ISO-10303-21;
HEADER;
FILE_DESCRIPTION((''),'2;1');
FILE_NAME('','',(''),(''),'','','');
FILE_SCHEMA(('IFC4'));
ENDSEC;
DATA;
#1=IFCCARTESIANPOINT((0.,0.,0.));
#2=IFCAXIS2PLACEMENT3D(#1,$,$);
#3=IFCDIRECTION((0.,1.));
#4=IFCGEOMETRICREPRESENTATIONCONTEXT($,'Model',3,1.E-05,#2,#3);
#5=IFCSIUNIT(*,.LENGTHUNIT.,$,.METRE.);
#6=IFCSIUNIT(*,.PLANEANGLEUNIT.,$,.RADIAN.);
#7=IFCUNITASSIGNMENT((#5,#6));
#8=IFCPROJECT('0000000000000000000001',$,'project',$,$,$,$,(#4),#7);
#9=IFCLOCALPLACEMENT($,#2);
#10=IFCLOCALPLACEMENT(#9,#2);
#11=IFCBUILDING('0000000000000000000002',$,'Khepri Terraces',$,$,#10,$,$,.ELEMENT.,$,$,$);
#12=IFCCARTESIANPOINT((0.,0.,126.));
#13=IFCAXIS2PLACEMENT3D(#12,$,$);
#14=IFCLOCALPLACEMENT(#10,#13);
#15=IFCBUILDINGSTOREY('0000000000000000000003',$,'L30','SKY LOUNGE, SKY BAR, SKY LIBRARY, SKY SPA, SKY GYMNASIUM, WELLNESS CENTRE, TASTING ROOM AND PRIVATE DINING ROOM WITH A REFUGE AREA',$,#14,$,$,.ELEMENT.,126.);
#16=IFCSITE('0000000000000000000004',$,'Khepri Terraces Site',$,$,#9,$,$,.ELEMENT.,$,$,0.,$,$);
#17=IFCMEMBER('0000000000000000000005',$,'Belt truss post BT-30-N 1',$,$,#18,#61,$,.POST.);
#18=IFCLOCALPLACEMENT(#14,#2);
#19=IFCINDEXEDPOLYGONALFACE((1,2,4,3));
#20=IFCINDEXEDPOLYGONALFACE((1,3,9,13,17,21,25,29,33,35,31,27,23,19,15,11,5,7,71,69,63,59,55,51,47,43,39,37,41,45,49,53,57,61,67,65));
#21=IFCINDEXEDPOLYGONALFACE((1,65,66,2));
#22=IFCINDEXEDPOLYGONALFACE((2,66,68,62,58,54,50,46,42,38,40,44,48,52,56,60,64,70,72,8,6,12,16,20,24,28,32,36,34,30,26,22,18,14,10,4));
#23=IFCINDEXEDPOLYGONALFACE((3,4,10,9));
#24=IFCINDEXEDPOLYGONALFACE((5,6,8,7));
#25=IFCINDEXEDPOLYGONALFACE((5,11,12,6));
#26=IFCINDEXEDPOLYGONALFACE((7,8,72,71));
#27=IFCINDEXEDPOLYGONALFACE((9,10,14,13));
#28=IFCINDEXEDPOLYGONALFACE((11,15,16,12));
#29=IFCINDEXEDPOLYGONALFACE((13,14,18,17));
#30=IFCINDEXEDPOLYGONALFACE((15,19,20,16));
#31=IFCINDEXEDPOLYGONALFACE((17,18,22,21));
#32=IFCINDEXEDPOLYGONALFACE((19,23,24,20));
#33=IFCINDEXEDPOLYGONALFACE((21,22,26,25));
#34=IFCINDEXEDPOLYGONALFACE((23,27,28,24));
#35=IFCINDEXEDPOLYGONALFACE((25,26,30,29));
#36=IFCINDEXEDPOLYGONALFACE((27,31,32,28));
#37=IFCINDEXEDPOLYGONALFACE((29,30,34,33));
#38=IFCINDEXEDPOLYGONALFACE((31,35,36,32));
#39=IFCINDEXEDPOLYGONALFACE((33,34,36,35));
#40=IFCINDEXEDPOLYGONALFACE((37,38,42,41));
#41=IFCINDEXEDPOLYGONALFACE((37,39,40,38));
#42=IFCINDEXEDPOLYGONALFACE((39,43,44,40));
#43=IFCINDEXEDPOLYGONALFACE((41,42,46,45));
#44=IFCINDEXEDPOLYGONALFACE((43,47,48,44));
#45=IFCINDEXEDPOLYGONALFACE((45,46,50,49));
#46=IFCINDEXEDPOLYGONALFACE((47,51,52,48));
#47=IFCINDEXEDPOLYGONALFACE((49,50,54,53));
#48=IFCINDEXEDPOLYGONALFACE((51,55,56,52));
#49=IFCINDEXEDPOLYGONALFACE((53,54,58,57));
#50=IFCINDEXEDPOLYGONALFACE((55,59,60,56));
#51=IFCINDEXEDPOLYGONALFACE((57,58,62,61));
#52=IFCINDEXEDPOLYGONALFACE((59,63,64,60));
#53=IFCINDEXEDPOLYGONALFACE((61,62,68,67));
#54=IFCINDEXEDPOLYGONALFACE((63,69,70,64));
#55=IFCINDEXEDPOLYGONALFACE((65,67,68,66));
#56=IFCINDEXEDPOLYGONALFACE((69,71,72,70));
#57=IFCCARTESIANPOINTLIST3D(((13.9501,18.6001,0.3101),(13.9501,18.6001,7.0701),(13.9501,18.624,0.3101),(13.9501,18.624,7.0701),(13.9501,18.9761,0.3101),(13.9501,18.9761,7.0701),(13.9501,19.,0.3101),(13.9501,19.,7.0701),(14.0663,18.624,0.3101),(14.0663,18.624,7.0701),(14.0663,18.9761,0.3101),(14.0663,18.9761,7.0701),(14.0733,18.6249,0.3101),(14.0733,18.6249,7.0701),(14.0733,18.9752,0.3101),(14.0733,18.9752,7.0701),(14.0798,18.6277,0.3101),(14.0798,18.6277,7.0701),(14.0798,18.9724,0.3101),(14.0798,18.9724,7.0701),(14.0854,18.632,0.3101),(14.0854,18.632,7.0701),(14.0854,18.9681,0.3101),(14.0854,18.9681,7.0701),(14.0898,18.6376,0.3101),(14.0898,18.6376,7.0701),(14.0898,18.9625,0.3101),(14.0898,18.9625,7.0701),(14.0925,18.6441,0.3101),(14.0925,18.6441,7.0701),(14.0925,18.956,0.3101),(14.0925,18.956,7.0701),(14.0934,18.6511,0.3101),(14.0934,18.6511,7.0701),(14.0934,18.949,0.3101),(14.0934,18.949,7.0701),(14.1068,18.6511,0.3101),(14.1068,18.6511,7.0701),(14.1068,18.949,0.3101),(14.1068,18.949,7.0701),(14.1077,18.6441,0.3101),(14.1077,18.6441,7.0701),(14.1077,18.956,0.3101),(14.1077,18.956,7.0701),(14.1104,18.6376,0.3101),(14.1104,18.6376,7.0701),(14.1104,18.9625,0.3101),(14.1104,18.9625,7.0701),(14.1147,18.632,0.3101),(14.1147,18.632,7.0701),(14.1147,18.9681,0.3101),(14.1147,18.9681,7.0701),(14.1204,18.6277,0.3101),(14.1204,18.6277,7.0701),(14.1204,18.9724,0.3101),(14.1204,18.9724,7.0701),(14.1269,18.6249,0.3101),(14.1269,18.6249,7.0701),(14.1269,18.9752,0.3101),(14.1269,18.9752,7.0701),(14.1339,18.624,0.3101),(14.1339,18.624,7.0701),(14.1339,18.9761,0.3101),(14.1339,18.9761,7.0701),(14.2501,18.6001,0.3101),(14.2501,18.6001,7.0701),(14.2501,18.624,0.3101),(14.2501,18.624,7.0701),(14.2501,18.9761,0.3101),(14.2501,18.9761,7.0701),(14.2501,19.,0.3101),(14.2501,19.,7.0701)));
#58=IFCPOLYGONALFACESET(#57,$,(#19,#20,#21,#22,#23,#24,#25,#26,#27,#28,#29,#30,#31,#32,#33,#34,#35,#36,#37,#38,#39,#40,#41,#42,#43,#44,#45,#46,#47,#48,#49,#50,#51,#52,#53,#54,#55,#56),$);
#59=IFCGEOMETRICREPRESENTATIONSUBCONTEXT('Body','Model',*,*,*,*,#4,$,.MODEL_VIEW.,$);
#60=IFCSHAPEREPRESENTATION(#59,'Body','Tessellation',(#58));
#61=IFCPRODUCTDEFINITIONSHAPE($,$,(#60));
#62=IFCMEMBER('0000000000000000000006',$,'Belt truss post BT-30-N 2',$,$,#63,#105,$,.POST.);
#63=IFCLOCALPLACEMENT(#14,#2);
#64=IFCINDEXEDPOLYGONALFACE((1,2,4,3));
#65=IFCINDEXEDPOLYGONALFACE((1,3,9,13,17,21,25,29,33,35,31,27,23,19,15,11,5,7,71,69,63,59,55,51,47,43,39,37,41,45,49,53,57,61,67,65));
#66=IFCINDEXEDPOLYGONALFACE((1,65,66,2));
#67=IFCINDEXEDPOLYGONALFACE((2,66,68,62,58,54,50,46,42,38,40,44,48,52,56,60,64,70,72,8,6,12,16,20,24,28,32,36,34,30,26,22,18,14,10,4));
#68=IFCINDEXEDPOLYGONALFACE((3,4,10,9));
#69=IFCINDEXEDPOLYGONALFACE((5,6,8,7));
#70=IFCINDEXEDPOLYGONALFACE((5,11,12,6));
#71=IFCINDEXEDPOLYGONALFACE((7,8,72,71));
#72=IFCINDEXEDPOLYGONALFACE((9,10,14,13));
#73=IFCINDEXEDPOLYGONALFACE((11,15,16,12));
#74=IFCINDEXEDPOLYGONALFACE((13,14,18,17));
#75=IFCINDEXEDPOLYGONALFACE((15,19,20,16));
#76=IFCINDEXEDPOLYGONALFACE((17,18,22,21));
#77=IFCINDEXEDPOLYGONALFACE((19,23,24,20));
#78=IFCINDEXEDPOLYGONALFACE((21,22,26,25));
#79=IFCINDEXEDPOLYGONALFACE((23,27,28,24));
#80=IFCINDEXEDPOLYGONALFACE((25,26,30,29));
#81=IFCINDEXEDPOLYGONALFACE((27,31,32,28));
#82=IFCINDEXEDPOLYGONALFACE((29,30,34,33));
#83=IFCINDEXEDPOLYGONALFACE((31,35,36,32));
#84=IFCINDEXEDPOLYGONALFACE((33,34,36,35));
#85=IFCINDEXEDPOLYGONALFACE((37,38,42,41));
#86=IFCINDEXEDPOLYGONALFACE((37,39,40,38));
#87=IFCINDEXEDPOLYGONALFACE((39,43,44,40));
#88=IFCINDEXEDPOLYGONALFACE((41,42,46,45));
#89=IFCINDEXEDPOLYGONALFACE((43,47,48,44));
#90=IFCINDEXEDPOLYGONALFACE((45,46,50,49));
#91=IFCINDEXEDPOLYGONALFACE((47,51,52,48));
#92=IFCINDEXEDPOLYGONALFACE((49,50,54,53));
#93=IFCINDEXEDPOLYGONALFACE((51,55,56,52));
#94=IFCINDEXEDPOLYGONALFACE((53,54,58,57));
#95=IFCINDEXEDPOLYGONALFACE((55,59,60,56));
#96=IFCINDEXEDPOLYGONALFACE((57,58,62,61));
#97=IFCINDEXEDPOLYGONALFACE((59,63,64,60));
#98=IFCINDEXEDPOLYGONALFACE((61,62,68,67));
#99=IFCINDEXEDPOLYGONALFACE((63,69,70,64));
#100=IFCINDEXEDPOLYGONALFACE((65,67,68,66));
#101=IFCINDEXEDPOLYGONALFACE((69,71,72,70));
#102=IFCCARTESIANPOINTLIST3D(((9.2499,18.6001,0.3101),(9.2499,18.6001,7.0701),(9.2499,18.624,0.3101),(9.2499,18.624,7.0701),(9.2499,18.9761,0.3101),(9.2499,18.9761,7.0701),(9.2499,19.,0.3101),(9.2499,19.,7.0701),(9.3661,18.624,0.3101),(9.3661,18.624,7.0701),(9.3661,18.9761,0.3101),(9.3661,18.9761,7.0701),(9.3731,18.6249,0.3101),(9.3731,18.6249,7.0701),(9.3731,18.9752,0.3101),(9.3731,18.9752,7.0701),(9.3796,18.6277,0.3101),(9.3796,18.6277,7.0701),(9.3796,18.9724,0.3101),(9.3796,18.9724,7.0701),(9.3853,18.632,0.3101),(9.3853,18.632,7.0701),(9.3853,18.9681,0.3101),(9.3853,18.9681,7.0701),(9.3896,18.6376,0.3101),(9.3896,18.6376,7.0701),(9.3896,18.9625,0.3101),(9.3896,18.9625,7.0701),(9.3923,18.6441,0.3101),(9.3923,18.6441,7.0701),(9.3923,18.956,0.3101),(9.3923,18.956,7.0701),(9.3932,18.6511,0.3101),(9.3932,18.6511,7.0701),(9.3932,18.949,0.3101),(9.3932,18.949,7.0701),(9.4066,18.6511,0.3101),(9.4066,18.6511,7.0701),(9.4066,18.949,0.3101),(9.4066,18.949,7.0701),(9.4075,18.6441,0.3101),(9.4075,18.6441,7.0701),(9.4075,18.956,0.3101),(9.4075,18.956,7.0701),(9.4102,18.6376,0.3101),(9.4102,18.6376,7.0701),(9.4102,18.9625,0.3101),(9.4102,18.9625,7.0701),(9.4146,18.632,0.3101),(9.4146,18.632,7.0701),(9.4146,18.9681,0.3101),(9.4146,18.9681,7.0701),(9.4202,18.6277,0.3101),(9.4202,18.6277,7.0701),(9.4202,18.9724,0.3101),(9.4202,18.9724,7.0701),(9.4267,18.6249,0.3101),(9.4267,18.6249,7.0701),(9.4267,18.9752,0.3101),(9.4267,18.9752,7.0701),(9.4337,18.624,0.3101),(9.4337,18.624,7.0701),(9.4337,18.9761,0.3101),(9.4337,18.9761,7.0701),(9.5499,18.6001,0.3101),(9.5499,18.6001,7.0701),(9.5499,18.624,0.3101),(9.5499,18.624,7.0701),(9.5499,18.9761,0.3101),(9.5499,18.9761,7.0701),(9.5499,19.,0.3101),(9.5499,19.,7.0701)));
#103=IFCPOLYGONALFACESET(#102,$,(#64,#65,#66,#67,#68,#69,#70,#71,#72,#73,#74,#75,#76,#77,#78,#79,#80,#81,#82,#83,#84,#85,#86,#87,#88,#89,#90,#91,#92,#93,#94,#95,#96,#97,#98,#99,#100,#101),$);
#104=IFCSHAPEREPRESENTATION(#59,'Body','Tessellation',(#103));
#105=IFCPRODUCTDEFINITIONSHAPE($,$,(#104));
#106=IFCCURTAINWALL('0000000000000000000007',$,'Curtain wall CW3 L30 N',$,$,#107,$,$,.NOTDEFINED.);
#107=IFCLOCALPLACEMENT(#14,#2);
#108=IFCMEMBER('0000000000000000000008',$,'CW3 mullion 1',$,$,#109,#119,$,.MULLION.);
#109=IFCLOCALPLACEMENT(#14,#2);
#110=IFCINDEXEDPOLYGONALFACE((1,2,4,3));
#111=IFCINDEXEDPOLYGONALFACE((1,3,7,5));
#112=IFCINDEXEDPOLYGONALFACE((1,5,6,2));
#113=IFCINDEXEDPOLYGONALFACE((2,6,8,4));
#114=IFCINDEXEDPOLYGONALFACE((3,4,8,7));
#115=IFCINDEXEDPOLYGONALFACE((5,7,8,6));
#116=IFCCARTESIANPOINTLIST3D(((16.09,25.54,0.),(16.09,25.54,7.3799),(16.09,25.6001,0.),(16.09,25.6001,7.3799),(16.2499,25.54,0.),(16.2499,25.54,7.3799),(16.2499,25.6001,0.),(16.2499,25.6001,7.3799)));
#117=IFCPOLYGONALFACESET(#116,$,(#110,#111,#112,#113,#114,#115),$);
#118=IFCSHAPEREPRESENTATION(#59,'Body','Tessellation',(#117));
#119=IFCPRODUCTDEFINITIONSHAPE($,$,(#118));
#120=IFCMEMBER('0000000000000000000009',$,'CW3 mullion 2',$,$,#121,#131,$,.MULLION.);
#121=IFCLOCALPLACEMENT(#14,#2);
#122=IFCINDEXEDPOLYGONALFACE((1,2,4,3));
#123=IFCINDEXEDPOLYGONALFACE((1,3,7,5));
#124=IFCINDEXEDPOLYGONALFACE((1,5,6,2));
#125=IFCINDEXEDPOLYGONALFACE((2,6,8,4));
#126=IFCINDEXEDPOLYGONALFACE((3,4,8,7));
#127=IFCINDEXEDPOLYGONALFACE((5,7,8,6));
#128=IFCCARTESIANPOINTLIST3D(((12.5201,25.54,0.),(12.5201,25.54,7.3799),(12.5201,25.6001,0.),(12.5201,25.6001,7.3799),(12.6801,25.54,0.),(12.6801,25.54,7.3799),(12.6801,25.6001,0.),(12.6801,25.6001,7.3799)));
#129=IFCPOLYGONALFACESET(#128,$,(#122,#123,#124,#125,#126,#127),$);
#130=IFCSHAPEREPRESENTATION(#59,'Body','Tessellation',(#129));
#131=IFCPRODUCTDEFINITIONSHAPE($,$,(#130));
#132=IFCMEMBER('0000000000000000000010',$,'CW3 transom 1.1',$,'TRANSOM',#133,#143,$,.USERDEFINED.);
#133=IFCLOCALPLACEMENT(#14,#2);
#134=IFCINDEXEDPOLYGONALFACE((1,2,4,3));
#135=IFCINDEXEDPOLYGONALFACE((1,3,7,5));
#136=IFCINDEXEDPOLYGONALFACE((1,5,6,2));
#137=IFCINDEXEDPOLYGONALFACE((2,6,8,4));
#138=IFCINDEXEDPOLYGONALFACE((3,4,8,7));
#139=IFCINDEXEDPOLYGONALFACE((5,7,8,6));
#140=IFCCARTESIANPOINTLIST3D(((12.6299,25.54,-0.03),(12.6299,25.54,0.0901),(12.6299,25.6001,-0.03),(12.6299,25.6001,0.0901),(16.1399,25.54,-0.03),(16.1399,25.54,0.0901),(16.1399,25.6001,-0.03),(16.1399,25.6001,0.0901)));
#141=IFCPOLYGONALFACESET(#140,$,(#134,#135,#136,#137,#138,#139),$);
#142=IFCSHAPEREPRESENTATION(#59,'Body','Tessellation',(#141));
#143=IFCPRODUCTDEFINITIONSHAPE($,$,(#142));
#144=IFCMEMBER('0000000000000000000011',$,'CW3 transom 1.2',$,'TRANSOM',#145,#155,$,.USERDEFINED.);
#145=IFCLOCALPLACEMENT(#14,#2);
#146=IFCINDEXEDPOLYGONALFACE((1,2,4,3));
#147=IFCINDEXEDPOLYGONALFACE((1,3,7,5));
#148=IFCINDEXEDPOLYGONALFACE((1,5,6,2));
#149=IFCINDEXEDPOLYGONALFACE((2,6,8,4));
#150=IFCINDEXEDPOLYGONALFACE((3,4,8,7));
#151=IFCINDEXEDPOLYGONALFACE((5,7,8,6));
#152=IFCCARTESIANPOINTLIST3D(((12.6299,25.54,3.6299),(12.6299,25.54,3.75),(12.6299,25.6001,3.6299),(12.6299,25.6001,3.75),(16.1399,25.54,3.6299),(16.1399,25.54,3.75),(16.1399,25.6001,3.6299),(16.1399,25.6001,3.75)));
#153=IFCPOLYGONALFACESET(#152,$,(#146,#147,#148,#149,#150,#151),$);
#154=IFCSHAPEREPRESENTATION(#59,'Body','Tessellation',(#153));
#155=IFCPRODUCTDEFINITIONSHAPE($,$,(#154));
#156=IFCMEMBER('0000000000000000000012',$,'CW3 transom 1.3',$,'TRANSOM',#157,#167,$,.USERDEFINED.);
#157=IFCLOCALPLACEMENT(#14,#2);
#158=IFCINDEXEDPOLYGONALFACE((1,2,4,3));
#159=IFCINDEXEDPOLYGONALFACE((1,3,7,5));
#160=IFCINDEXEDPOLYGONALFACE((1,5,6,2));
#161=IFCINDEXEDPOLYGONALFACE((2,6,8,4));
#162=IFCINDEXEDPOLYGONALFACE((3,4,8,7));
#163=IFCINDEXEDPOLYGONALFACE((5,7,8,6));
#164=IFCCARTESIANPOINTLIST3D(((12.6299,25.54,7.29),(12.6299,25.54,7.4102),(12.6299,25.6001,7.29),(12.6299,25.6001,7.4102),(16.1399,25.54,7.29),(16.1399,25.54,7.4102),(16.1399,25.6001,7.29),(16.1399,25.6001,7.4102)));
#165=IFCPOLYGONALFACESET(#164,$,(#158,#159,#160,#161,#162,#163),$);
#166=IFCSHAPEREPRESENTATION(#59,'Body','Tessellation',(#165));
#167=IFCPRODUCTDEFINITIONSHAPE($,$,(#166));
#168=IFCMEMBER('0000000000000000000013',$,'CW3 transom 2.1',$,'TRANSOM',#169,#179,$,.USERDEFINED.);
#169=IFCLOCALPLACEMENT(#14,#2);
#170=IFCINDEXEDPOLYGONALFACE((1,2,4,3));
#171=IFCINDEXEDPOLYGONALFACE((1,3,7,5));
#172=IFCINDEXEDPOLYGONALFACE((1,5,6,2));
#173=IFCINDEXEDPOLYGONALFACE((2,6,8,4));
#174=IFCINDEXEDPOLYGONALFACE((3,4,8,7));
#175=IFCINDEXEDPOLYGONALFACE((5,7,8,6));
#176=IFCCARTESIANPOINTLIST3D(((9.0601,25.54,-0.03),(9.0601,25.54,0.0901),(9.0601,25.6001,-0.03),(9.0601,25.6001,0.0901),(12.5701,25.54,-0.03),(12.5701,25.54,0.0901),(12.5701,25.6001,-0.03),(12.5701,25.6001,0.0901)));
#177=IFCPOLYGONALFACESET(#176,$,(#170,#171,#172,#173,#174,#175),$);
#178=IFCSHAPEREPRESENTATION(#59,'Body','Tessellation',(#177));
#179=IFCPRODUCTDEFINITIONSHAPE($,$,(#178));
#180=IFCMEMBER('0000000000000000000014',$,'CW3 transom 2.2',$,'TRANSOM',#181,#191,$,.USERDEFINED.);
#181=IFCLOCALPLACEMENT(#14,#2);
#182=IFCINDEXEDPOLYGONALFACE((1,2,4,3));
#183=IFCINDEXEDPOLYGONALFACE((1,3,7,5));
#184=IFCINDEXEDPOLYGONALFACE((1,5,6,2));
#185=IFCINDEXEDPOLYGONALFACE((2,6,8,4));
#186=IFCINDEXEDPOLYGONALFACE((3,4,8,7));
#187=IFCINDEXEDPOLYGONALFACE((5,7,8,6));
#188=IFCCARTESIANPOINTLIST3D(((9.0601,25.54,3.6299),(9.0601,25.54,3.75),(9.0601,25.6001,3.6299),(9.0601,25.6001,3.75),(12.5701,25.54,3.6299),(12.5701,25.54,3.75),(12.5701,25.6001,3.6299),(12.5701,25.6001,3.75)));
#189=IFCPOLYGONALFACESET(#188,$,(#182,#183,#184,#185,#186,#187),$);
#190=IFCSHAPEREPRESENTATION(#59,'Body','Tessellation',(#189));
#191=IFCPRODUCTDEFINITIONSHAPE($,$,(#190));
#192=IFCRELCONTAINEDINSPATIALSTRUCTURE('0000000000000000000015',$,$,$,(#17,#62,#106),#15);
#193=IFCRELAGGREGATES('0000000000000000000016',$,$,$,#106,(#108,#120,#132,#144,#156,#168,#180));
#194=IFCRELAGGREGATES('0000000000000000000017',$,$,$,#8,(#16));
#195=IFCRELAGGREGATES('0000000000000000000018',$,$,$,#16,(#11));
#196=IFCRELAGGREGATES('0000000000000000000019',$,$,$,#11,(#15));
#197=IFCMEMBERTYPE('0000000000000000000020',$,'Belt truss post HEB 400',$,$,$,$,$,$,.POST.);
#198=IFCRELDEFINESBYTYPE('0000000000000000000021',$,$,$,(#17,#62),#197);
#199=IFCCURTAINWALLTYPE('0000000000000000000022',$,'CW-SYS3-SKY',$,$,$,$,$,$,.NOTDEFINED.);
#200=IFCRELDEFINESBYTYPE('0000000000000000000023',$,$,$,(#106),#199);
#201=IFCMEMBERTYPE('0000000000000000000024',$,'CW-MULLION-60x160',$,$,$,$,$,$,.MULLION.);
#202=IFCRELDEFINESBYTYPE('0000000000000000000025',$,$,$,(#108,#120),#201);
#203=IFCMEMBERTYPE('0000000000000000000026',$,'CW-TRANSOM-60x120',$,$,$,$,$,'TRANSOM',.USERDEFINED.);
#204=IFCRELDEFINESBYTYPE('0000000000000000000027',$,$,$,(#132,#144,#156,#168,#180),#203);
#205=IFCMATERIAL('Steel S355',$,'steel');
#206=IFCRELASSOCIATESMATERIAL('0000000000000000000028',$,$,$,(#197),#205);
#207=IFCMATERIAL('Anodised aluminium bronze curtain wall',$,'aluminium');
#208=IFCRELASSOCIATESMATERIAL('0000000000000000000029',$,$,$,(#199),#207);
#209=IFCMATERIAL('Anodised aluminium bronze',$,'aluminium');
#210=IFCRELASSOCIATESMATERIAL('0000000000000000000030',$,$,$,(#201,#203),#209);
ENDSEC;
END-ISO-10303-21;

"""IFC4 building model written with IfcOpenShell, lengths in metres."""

from ifc_helpers import new_model, si_unit, direction, frame, origin, origin_2d, place, context, subcontext, project, spatial, rectangle, i_section, extrude, material, material_profile, profile_set, type_object, element, aggregate, save


model = new_model("IFC4")

# Units and contexts
model_context = context("Model", 3, precision=1e-05, world=origin(), true_north=direction((0.0, 1.0)))
body_context = subcontext(model_context, "Body", "Model", "MODEL_VIEW")
ifc_project = project(units=[si_unit("LENGTHUNIT", "METRE"), si_unit("PLANEANGLEUNIT", "RADIAN")], contexts=[model_context])

# Site, building, storey
site_placement = place(None, origin())
site = spatial("IfcSite", under=ifc_project, at=site_placement, Name="Khepri Terraces Site", CompositionType="ELEMENT", RefElevation=0.0)
building_placement = place(site_placement, origin())
building = spatial("IfcBuilding", under=site, at=building_placement, Name="Khepri Terraces", CompositionType="ELEMENT")
storey_placement = place(building_placement, frame((0.0, 0.0, 126.0)))
storey = spatial("IfcBuildingStorey", under=building, at=storey_placement, Name="L30", Description="SKY LOUNGE, SKY BAR, SKY LIBRARY, SKY SPA, SKY GYMNASIUM, WELLNESS CENTRE, TASTING ROOM AND PRIVATE DINING ROOM WITH A REFUGE AREA", CompositionType="ELEMENT", Elevation=126.0)

# Members
ifc_material_1 = material(Name="Steel S355", Category="steel")
ifc_material_profile_1 = material_profile(ifc_material_1, i_section(OverallWidth=0.3, OverallDepth=0.3999, WebThickness=0.0134, FlangeThickness=0.0239, FilletRadius=0.0271, at=origin_2d()), Name="Steel S355", Category="steel")
ifc_profile_set_1 = profile_set([ifc_material_profile_1], Name="Steel S355")
member_type_1 = type_object("IfcMemberType", Name="Belt truss post HEB 400", PredefinedType="POST", material=ifc_profile_set_1)
for number, where, z_axis, x_axis, name in (
    (1, (14.1001, 18.8, 0.3101), (0.0, 0.0, 1.0), (1.0, 0.0, 0.0), "Belt truss post BT-30-N 1"),
    (2, (9.3999, 18.8, 0.3101), (0.0, 0.0, 1.0), (1.0, 0.0, 0.0), "Belt truss post BT-30-N 2"),
):
    element("IfcMember", number, at=place(storey_placement, frame(where, z_axis=z_axis, x_axis=x_axis)), inside=storey, type_object=member_type_1, Name=name, PredefinedType="POST", context=body_context, shape_type="SweptSolid", body=[
        extrude(i_section(OverallWidth=0.3, OverallDepth=0.3999, WebThickness=0.0134, FlangeThickness=0.0239, FilletRadius=0.0271, at=origin_2d()), origin(), (0.0, 0.0, 1.0), 6.76),
    ])

# Curtain wall, members
ifc_material_2 = material(Name="Anodised aluminium bronze curtain wall", Category="aluminium")
curtain_wall_type = type_object("IfcCurtainWallType", Name="CW-SYS3-SKY", PredefinedType="NOTDEFINED", material=ifc_material_2)
curtain_wall_placement = place(storey_placement, origin())
curtain_wall = element("IfcCurtainWall", 3, at=curtain_wall_placement, inside=storey, type_object=curtain_wall_type, Name="Curtain wall CW3 L30 N", PredefinedType="NOTDEFINED")
ifc_material_3 = material(Name="Anodised aluminium bronze", Category="aluminium")
ifc_material_profile_2 = material_profile(ifc_material_3, rectangle(XDim=0.0601, YDim=0.1599, at=origin_2d()), Name="Anodised aluminium bronze", Category="aluminium")
ifc_profile_set_2 = profile_set([ifc_material_profile_2], Name="Anodised aluminium bronze")
member_type_2 = type_object("IfcMemberType", Name="CW-MULLION-60x160", PredefinedType="MULLION", material=ifc_profile_set_2)
member_1_placement = place(storey_placement, frame((16.1699, 25.5701, 0.0), z_axis=(0.0, 0.0, 1.0), x_axis=(0.0, -1.0, 0.0)))
member_1 = element("IfcMember", 4, at=member_1_placement, type_object=member_type_2, Name="CW3 mullion 1", PredefinedType="MULLION", context=body_context, shape_type="SweptSolid", body=[
    extrude(rectangle(XDim=0.0601, YDim=0.1599, at=origin_2d()), origin(), (0.0, 0.0, 1.0), 7.3799),
])
member_2_placement = place(storey_placement, frame((12.6001, 25.5701, 0.0), z_axis=(0.0, 0.0, 1.0), x_axis=(0.0, -1.0, 0.0)))
member_2 = element("IfcMember", 5, at=member_2_placement, type_object=member_type_2, Name="CW3 mullion 2", PredefinedType="MULLION", context=body_context, shape_type="SweptSolid", body=[
    extrude(rectangle(XDim=0.0601, YDim=0.1599, at=origin_2d()), origin(), (0.0, 0.0, 1.0), 7.3799),
])
ifc_material_profile_3 = material_profile(ifc_material_3, rectangle(XDim=0.0601, YDim=0.1201, at=origin_2d()), Name="Anodised aluminium bronze", Category="aluminium")
ifc_profile_set_3 = profile_set([ifc_material_profile_3], Name="Anodised aluminium bronze")
member_type_3 = type_object("IfcMemberType", Name="CW-TRANSOM-60x120", ElementType="TRANSOM", PredefinedType="USERDEFINED", material=ifc_profile_set_3)
member_3_placement = place(storey_placement, frame((16.1399, 25.5701, 0.03), z_axis=(-1.0, 0.0, 0.0), x_axis=(0.0, -1.0, 0.0)))
member_3 = element("IfcMember", 6, at=member_3_placement, type_object=member_type_3, Name="CW3 transom 1.1", ObjectType="TRANSOM", PredefinedType="USERDEFINED", context=body_context, shape_type="SweptSolid", body=[
    extrude(rectangle(XDim=0.0601, YDim=0.1201, at=origin_2d()), origin(), (0.0, 0.0, 1.0), 3.51),
])
member_4_placement = place(storey_placement, frame((16.1399, 25.5701, 3.6899), z_axis=(-1.0, 0.0, 0.0), x_axis=(0.0, -1.0, 0.0)))
member_4 = element("IfcMember", 7, at=member_4_placement, type_object=member_type_3, Name="CW3 transom 1.2", ObjectType="TRANSOM", PredefinedType="USERDEFINED", context=body_context, shape_type="SweptSolid", body=[
    extrude(rectangle(XDim=0.0601, YDim=0.1201, at=origin_2d()), origin(), (0.0, 0.0, 1.0), 3.51),
])
member_5_placement = place(storey_placement, frame((16.1399, 25.5701, 7.3501), z_axis=(-1.0, 0.0, 0.0), x_axis=(0.0, -1.0, 0.0)))
member_5 = element("IfcMember", 8, at=member_5_placement, type_object=member_type_3, Name="CW3 transom 1.3", ObjectType="TRANSOM", PredefinedType="USERDEFINED", context=body_context, shape_type="SweptSolid", body=[
    extrude(rectangle(XDim=0.0601, YDim=0.1201, at=origin_2d()), origin(), (0.0, 0.0, 1.0), 3.51),
])
member_6_placement = place(storey_placement, frame((12.5701, 25.5701, 0.03), z_axis=(-1.0, 0.0, 0.0), x_axis=(0.0, -1.0, 0.0)))
member_6 = element("IfcMember", 9, at=member_6_placement, type_object=member_type_3, Name="CW3 transom 2.1", ObjectType="TRANSOM", PredefinedType="USERDEFINED", context=body_context, shape_type="SweptSolid", body=[
    extrude(rectangle(XDim=0.0601, YDim=0.1201, at=origin_2d()), origin(), (0.0, 0.0, 1.0), 3.51),
])
member_7_placement = place(storey_placement, frame((12.5701, 25.5701, 3.6899), z_axis=(-1.0, 0.0, 0.0), x_axis=(0.0, -1.0, 0.0)))
member_7 = element("IfcMember", 10, at=member_7_placement, type_object=member_type_3, Name="CW3 transom 2.2", ObjectType="TRANSOM", PredefinedType="USERDEFINED", context=body_context, shape_type="SweptSolid", body=[
    extrude(rectangle(XDim=0.0601, YDim=0.1201, at=origin_2d()), origin(), (0.0, 0.0, 1.0), 3.51),
])

aggregate(curtain_wall, [member_1, member_2, member_3, member_4, member_5, member_6, member_7])

save(model, "model.ifc")
